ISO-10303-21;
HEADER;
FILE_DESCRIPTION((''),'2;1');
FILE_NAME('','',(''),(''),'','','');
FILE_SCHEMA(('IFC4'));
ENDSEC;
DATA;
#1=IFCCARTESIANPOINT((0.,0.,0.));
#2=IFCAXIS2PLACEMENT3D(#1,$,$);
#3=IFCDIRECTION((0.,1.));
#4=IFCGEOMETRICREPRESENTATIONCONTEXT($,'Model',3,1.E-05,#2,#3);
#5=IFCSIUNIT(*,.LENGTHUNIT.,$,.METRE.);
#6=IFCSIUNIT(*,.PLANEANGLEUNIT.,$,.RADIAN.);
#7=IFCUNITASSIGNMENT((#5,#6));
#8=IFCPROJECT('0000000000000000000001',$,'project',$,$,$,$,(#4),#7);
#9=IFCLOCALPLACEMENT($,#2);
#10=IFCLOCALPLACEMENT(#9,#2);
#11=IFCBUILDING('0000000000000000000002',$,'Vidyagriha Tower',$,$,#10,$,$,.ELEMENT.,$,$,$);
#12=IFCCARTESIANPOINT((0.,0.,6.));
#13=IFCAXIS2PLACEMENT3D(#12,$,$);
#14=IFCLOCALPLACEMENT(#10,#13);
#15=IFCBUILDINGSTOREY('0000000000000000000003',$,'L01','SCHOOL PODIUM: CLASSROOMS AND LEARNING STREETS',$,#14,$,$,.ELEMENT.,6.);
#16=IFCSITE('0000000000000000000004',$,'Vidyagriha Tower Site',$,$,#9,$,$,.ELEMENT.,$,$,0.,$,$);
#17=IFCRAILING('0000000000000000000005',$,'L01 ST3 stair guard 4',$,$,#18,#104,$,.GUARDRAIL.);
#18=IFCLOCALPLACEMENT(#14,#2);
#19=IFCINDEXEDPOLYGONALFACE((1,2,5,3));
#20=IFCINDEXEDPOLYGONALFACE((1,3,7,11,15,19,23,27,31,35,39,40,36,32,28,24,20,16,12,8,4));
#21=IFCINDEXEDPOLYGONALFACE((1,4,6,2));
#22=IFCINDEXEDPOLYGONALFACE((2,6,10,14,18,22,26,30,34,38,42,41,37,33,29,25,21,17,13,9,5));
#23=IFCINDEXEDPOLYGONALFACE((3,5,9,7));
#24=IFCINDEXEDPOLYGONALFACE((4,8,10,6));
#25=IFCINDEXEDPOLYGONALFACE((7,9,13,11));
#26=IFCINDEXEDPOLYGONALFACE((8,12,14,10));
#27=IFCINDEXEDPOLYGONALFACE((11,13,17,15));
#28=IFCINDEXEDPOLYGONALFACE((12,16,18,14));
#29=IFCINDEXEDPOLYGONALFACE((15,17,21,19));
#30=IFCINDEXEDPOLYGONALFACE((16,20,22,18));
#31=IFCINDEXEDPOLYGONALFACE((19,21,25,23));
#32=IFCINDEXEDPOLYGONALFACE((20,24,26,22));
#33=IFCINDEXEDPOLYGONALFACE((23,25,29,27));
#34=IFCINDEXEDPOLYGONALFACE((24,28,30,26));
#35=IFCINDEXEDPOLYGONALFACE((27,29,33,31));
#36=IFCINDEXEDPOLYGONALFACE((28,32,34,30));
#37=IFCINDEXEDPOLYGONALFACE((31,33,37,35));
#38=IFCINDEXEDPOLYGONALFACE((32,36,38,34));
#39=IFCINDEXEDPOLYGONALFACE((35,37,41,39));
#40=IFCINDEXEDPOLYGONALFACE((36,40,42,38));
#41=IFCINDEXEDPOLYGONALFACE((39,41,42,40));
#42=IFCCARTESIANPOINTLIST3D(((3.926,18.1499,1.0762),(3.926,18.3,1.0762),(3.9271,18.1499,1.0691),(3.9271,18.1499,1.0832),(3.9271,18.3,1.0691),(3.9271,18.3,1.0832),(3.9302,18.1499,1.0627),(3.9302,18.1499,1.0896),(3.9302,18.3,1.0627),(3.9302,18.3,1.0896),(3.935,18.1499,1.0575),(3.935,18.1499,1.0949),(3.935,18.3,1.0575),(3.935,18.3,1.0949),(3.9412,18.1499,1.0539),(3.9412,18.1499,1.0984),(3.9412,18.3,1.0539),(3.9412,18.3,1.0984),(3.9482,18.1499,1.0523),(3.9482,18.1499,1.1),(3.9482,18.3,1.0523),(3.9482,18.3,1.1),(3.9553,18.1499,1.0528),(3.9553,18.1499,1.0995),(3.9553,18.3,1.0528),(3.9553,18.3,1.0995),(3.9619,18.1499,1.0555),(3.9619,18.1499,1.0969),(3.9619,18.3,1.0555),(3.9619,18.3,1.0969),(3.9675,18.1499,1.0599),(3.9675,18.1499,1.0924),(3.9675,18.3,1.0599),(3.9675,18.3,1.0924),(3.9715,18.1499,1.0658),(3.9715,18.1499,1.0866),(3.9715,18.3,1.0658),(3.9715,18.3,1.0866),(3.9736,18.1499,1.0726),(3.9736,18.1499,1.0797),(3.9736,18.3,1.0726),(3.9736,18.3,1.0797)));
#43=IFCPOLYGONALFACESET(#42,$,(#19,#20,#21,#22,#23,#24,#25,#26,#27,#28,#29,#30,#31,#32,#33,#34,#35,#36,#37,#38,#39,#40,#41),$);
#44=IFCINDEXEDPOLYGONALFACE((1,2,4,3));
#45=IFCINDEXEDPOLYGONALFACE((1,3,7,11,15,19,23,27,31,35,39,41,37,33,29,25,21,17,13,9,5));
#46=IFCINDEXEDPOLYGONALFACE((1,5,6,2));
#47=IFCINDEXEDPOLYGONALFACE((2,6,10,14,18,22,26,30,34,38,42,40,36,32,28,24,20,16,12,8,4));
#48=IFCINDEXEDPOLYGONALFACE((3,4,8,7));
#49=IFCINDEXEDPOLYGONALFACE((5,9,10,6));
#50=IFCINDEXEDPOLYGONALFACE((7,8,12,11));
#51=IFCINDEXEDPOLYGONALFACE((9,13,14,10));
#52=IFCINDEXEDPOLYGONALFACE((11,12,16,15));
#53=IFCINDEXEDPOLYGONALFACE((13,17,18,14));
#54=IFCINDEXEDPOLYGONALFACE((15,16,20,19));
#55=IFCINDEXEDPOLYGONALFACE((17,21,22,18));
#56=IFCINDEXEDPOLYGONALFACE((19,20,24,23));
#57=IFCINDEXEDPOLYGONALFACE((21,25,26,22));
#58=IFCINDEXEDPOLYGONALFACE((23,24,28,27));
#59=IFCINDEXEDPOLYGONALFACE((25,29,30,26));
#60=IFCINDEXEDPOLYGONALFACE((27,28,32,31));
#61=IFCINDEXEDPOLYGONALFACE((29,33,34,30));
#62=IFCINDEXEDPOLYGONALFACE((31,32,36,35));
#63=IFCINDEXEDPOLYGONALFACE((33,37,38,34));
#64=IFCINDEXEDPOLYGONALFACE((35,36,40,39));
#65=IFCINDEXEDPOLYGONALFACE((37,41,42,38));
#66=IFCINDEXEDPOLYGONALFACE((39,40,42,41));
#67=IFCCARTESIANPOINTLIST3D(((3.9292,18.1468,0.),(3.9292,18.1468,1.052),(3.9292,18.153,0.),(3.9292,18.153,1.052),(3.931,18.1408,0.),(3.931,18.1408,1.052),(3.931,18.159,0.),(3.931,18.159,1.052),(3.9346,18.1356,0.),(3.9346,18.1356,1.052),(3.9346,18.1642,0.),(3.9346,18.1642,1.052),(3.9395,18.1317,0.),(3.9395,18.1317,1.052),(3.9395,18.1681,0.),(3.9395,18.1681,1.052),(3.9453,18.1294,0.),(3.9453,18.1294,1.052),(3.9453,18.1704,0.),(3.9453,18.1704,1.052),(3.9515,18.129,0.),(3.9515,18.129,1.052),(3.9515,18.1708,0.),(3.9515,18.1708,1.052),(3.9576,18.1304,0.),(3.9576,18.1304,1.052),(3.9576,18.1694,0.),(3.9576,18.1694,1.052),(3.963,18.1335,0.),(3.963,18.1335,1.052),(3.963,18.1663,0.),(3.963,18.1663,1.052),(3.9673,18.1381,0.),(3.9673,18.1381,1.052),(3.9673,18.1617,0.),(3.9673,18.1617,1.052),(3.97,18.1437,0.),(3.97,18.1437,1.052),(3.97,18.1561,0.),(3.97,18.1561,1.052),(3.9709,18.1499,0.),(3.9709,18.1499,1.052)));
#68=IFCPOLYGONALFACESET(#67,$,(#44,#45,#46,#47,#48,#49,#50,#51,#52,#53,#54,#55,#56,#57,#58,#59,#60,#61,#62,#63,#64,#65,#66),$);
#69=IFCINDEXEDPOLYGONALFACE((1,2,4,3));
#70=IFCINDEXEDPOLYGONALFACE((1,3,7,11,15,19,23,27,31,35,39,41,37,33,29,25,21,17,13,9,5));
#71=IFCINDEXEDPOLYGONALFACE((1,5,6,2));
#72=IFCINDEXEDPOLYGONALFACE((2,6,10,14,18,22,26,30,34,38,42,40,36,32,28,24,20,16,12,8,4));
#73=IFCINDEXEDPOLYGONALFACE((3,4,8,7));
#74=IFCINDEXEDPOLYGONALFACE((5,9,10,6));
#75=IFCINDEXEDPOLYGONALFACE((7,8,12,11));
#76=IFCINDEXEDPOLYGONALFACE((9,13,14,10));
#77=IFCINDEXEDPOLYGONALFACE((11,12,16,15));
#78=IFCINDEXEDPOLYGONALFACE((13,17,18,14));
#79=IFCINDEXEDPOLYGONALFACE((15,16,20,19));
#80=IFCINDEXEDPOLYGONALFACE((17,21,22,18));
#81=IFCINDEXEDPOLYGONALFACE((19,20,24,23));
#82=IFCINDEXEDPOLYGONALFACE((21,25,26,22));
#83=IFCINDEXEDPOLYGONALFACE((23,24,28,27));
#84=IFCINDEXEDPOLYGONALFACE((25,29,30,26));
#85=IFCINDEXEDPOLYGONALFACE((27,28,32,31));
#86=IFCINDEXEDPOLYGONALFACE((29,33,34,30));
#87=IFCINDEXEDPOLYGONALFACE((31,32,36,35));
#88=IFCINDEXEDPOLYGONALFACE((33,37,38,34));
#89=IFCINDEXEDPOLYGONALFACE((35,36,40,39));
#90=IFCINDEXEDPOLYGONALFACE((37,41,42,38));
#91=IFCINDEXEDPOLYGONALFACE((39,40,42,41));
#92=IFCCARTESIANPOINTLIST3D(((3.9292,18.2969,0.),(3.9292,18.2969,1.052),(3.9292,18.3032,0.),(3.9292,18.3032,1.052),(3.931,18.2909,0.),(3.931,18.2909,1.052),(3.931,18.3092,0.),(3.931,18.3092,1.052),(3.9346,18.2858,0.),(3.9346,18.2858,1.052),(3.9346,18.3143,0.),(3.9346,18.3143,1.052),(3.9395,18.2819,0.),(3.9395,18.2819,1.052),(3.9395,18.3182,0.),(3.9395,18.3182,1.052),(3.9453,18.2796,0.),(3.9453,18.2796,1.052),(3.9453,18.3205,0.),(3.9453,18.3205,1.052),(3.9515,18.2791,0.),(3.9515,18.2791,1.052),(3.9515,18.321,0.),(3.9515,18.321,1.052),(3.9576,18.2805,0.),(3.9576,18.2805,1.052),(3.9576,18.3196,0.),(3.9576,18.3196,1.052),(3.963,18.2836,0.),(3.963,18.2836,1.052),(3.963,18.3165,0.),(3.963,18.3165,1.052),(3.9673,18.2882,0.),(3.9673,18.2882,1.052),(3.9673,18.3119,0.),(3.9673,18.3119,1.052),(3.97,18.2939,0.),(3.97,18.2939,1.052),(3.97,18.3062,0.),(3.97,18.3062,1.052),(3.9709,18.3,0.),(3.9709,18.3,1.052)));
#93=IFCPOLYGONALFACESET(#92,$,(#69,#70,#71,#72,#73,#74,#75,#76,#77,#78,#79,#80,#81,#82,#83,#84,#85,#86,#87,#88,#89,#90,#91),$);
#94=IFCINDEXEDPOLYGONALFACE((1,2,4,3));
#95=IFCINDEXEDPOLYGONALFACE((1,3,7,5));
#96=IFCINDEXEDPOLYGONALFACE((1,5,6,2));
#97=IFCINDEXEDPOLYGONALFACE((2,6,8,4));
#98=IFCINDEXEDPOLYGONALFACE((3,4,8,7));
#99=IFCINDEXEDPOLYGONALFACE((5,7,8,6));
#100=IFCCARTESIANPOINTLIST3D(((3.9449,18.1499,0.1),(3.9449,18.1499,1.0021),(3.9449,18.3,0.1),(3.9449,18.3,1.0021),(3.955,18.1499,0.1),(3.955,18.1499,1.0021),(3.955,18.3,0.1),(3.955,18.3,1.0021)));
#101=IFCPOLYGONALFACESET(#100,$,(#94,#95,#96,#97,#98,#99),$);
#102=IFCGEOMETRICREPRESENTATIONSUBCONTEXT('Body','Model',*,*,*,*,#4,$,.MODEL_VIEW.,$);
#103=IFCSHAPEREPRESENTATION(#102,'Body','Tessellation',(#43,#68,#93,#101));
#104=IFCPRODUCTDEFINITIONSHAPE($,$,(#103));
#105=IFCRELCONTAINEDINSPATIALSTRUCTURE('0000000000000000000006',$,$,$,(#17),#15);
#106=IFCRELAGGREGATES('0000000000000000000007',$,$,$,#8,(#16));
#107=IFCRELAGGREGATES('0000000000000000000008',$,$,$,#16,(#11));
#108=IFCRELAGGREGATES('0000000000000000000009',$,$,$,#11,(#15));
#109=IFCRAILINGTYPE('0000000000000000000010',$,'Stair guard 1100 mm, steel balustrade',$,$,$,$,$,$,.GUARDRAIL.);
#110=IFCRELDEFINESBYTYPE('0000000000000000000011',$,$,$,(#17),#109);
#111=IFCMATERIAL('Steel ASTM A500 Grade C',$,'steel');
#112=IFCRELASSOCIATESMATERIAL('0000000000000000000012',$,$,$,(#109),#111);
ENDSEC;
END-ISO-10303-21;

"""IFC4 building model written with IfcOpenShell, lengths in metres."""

from ifc_helpers import new_model, si_unit, direction, frame, origin, origin_2d, place, context, subcontext, project, spatial, rectangle, circle, extrude, material, type_object, element, save


model = new_model("IFC4")

# Units and contexts
model_context = context("Model", 3, precision=1e-05, world=origin(), true_north=direction((0.0, 1.0)))
body_context = subcontext(model_context, "Body", "Model", "MODEL_VIEW")
ifc_project = project(units=[si_unit("LENGTHUNIT", "METRE"), si_unit("PLANEANGLEUNIT", "RADIAN")], contexts=[model_context])

# Site, building, storey
site_placement = place(None, origin())
site = spatial("IfcSite", under=ifc_project, at=site_placement, Name="Vidyagriha Tower Site", CompositionType="ELEMENT", RefElevation=0.0)
building_placement = place(site_placement, origin())
building = spatial("IfcBuilding", under=site, at=building_placement, Name="Vidyagriha Tower", CompositionType="ELEMENT")
storey_placement = place(building_placement, frame((0.0, 0.0, 6.0)))
storey = spatial("IfcBuildingStorey", under=building, at=storey_placement, Name="L01", Description="SCHOOL PODIUM: CLASSROOMS AND LEARNING STREETS", CompositionType="ELEMENT", Elevation=6.0)

# Railing
ifc_material_1 = material(Name="Steel ASTM A500 Grade C", Category="steel")
railing_type_1 = type_object("IfcRailingType", Name="Stair guard 1100 mm, steel balustrade", PredefinedType="GUARDRAIL", material=ifc_material_1)
railing_1_placement = place(storey_placement, frame((3.95, 18.1499, 0.0)))
element("IfcRailing", 1, at=railing_1_placement, inside=storey, type_object=railing_type_1, Name="L01 ST3 stair guard 4", PredefinedType="GUARDRAIL", context=body_context, shape_type="SweptSolid", body=[
    extrude(circle(Radius=0.0239, at=origin_2d()), frame((0.0, 0.0, 1.0762), z_axis=(0.0, 1.0, 0.0), x_axis=(-1.0, 0.0, 0.0)), (0.0, 0.0, 1.0), 0.1501),
    extrude(circle(Radius=0.021, at=origin_2d()), origin(), (0.0, 0.0, 1.0), 1.052),
    extrude(circle(Radius=0.021, at=origin_2d()), frame((0.0, 0.1501, 0.0)), (0.0, 0.0, 1.0), 1.052),
    extrude(rectangle(XDim=0.01, YDim=0.9021, at=origin_2d()), frame((0.0, 0.0, 0.551), z_axis=(0.0, 1.0, 0.0), x_axis=(-1.0, 0.0, 0.0)), (0.0, 0.0, 1.0), 0.1501),
])

save(model, "model.ifc")
